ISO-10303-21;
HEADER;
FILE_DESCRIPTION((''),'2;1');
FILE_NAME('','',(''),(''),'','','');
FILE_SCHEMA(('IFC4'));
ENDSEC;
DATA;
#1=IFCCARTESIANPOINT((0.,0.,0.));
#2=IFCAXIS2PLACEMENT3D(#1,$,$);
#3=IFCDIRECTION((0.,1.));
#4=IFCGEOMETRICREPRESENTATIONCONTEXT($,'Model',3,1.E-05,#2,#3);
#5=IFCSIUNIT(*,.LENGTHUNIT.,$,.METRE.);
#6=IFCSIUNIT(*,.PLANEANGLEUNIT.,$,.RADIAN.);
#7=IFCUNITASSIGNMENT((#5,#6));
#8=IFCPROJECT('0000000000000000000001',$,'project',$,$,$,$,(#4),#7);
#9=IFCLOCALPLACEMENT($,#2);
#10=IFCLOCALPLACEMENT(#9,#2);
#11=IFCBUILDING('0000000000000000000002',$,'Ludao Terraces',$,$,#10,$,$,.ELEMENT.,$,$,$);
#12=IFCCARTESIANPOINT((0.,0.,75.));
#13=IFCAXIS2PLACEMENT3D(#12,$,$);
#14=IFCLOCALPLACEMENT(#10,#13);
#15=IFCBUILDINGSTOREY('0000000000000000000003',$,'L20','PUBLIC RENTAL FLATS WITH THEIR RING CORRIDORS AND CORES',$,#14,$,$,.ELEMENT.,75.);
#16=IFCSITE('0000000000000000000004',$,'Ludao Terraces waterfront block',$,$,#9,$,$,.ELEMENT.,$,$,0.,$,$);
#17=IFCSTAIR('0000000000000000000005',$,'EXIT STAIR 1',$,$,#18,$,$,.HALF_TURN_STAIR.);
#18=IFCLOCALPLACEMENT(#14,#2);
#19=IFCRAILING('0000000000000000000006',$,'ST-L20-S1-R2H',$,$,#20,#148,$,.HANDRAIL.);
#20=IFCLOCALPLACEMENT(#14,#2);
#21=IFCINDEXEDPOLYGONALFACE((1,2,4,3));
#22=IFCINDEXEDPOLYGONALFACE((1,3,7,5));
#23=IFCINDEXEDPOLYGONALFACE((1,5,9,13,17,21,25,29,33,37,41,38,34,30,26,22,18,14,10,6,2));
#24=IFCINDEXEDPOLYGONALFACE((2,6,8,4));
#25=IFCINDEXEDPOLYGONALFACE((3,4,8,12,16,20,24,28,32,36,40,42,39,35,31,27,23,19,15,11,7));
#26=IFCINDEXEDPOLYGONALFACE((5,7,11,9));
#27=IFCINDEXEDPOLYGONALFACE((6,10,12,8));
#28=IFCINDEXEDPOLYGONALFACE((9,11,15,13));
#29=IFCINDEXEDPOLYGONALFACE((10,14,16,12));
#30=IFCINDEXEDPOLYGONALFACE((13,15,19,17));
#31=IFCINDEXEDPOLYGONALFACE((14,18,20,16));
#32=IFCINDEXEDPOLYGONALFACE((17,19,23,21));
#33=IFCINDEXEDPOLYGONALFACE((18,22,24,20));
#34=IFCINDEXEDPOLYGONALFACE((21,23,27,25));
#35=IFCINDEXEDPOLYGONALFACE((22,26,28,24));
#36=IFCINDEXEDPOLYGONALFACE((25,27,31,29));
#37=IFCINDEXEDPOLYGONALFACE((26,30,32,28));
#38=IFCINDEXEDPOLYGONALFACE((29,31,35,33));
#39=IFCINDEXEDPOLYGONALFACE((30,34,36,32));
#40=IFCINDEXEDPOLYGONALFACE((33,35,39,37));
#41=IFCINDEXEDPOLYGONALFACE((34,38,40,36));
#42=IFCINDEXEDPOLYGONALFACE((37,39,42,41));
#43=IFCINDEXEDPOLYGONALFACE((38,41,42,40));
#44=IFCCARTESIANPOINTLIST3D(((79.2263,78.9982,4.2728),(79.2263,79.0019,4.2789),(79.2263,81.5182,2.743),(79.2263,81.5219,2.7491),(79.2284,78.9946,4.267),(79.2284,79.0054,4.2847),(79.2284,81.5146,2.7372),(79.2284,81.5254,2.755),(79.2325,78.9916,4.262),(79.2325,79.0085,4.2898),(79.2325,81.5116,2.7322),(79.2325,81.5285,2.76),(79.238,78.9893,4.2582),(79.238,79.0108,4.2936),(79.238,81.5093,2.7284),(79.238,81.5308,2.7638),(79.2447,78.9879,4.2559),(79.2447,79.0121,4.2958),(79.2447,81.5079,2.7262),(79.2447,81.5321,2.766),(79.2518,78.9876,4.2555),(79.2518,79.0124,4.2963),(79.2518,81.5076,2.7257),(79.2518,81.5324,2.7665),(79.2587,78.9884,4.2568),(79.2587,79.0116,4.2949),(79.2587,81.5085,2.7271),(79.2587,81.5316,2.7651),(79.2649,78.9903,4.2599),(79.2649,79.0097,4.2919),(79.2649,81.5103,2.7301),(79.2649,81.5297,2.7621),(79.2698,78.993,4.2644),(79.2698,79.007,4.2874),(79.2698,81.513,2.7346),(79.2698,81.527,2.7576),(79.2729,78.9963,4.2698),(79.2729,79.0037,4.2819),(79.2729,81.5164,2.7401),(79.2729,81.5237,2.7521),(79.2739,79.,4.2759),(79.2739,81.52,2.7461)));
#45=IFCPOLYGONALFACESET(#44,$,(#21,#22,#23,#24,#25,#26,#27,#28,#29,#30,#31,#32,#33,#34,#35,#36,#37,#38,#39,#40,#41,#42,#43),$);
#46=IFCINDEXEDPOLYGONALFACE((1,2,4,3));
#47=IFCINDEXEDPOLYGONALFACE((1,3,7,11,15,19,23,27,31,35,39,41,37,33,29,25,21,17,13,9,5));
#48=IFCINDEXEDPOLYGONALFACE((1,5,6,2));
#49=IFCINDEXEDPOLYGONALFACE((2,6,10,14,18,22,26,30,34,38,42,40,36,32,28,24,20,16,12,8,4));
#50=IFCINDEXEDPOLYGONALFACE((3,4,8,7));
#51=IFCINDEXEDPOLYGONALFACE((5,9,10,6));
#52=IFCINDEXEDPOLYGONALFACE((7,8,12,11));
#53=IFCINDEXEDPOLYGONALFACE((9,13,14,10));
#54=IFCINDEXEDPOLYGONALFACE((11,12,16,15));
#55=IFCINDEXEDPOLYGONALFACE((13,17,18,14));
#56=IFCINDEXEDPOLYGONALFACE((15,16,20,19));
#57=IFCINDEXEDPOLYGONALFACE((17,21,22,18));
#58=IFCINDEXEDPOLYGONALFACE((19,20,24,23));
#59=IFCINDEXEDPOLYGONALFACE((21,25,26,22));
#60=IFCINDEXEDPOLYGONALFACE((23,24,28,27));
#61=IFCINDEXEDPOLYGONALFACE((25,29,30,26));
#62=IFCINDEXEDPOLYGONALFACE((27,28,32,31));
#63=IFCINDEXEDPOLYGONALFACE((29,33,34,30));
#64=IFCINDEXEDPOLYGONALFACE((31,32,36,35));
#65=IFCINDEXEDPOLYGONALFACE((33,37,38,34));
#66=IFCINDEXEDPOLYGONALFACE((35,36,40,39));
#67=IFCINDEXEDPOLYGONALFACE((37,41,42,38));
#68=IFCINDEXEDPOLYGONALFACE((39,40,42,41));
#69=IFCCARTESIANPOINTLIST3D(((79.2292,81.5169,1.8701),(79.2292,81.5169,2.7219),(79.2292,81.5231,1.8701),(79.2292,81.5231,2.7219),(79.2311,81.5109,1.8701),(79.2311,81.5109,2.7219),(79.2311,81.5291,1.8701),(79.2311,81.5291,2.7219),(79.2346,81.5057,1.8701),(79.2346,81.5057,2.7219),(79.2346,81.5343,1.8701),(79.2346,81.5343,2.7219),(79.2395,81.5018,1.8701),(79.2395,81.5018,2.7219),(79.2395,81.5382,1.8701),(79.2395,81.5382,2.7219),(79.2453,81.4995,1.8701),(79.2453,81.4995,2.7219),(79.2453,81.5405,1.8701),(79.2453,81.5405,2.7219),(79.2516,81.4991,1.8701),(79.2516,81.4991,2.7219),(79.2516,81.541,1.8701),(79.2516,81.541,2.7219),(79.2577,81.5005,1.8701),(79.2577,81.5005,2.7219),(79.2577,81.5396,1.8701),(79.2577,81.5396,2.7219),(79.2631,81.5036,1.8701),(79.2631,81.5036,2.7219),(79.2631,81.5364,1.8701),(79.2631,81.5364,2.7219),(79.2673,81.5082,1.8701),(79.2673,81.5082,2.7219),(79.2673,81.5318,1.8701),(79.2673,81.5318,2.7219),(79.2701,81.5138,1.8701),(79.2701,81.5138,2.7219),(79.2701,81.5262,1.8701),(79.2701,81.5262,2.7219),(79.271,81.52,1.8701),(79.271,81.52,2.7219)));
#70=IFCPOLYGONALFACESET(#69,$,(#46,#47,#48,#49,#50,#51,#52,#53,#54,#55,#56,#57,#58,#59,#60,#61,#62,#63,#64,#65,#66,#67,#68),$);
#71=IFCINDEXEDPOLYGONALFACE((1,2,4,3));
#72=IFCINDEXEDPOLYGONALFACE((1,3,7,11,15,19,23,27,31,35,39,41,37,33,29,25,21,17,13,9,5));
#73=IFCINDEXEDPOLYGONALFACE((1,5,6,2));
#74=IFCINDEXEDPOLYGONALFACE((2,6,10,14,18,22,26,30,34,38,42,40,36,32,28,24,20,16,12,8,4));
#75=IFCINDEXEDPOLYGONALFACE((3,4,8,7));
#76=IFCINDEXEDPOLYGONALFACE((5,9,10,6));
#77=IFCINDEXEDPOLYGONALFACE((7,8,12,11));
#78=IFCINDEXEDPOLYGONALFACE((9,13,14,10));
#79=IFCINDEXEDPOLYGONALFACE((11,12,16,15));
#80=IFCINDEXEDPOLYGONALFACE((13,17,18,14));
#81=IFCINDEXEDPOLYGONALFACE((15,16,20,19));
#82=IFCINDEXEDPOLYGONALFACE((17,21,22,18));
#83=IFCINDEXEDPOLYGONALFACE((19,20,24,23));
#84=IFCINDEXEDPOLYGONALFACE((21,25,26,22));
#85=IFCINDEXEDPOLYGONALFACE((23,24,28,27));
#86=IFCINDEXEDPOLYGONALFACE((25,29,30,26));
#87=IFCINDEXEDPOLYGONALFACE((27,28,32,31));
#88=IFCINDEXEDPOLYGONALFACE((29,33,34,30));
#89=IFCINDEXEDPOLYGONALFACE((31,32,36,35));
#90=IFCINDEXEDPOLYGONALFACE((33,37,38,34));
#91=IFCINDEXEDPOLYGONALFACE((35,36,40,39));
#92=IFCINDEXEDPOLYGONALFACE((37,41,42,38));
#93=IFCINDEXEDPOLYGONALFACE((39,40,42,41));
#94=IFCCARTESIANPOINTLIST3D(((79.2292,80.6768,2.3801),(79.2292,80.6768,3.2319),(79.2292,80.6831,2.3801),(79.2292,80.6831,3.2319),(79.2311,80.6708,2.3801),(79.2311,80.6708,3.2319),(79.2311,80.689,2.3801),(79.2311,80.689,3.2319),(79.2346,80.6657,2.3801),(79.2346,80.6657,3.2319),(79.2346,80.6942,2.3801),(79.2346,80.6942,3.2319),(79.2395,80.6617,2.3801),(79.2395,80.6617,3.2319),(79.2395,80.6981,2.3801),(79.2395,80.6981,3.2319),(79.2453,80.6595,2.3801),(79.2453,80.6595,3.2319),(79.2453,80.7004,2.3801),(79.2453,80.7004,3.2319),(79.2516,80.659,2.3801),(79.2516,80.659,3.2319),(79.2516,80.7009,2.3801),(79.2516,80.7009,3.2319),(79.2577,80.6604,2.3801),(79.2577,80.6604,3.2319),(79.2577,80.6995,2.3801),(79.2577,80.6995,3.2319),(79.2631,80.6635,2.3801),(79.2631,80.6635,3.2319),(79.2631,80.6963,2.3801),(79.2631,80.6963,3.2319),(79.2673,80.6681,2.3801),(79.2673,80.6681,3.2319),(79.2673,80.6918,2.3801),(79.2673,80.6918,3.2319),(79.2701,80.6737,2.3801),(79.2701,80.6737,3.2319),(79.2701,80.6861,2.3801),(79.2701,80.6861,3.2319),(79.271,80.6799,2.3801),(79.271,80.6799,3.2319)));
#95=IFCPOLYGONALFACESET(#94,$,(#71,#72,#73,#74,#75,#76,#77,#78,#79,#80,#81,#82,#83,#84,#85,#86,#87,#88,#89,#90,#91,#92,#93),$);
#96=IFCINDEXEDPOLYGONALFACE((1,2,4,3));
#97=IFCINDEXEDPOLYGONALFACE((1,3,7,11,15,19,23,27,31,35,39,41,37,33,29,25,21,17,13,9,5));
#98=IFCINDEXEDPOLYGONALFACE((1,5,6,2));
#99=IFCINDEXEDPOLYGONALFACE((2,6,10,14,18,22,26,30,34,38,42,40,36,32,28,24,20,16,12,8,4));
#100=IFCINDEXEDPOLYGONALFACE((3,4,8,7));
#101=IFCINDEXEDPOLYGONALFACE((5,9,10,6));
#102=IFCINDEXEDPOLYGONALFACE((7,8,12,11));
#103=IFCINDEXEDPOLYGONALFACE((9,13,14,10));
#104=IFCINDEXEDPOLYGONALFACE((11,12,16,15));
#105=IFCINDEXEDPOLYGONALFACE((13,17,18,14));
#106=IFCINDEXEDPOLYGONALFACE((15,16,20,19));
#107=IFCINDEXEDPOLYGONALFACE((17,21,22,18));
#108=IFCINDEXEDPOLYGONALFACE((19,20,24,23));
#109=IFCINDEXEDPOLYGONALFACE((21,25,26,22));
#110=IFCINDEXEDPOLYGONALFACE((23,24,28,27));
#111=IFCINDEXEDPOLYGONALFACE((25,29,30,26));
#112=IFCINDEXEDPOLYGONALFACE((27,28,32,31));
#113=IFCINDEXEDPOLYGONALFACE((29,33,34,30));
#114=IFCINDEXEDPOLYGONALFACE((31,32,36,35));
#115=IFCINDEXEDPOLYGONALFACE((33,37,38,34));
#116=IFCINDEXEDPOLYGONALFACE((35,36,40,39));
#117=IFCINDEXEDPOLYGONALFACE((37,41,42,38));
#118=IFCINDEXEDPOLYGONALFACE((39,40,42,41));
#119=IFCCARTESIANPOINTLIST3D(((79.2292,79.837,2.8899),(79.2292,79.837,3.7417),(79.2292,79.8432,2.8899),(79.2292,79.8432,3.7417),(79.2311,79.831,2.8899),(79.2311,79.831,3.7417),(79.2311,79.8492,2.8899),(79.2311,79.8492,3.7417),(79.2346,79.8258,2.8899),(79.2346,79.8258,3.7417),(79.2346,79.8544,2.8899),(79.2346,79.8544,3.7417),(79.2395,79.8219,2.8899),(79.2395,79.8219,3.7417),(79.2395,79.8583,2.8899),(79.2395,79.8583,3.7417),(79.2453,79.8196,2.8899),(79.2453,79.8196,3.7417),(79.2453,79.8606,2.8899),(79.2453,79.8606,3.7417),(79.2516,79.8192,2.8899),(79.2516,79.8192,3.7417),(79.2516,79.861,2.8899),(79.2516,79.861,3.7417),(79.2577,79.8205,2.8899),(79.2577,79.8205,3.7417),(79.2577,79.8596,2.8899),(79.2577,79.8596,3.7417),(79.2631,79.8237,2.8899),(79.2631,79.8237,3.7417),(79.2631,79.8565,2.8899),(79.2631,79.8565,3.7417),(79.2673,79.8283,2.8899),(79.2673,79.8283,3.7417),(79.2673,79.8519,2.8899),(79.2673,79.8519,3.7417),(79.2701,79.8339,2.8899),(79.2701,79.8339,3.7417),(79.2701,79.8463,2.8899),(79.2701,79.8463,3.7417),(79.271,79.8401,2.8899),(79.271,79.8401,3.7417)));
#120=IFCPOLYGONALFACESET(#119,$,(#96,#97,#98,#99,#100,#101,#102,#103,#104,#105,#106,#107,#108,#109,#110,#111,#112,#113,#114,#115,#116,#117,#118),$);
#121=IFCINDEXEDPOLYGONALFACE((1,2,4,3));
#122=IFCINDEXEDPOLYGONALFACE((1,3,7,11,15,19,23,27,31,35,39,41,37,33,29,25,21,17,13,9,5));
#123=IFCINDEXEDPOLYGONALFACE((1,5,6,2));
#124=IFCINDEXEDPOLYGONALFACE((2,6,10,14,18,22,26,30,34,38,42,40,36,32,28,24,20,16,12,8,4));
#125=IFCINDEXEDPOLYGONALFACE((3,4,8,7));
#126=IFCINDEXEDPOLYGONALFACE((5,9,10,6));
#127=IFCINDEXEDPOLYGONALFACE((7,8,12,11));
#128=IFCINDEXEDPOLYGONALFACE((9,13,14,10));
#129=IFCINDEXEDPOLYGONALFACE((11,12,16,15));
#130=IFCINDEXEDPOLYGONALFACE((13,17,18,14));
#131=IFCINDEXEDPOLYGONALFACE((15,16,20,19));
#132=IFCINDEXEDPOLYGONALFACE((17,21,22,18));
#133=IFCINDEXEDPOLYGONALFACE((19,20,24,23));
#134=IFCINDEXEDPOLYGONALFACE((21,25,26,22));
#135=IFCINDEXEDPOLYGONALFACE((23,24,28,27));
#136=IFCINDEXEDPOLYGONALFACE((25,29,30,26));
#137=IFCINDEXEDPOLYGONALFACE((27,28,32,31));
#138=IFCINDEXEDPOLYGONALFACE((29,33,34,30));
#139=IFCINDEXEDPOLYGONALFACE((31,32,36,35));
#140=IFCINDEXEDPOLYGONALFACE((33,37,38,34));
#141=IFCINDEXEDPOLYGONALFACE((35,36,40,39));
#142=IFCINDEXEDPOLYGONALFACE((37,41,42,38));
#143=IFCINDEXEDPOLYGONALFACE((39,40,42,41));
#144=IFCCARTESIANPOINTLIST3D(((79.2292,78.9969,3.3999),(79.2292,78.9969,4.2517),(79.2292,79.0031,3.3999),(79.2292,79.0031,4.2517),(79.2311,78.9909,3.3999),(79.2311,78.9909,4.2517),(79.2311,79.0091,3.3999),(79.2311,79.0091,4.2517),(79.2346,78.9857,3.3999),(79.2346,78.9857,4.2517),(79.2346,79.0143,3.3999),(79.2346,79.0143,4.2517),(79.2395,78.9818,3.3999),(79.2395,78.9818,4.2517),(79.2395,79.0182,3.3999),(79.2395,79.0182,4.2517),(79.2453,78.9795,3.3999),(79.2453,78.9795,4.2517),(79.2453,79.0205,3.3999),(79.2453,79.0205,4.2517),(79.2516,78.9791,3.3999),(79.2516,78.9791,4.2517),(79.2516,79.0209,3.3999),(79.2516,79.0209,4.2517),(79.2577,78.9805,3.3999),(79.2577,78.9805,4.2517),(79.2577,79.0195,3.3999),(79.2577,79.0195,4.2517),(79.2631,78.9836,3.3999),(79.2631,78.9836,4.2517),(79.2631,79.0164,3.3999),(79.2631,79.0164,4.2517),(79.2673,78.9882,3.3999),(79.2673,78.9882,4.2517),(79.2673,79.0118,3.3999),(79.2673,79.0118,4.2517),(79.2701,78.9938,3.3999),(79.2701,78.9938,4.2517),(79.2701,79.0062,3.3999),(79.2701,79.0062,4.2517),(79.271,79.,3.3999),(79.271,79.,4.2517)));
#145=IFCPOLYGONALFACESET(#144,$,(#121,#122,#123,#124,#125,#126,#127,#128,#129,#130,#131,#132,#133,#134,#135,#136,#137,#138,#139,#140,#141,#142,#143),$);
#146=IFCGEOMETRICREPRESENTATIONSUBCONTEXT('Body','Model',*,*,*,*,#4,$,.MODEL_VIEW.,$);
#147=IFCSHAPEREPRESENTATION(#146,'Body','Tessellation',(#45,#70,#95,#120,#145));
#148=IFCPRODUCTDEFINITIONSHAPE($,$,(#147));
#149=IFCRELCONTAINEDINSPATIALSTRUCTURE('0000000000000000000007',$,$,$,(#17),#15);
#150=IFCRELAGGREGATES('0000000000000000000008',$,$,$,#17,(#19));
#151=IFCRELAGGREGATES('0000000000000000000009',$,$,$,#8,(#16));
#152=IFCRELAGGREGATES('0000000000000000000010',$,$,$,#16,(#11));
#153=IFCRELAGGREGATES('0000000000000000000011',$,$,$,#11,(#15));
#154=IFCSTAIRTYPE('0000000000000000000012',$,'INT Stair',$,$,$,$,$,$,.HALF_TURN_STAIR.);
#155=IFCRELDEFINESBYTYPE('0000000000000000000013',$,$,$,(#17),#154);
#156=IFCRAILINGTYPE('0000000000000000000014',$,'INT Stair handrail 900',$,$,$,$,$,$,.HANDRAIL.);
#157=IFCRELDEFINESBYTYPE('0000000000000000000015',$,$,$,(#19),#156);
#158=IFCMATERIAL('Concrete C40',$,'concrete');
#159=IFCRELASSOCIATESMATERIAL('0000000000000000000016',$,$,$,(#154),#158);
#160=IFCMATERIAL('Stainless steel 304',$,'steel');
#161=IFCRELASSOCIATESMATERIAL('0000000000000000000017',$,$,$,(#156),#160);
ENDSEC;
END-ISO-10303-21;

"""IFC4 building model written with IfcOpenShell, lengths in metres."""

from ifc_helpers import new_model, si_unit, direction, frame, origin, origin_2d, place, context, subcontext, project, spatial, circle, extrude, material, type_object, element, aggregate, save


model = new_model("IFC4")

# Units and contexts
model_context = context("Model", 3, precision=1e-05, world=origin(), true_north=direction((0.0, 1.0)))
body_context = subcontext(model_context, "Body", "Model", "MODEL_VIEW")
ifc_project = project(units=[si_unit("LENGTHUNIT", "METRE"), si_unit("PLANEANGLEUNIT", "RADIAN")], contexts=[model_context])

# Site, building, storey
site_placement = place(None, origin())
site = spatial("IfcSite", under=ifc_project, at=site_placement, Name="Ludao Terraces waterfront block", CompositionType="ELEMENT", RefElevation=0.0)
building_placement = place(site_placement, origin())
building = spatial("IfcBuilding", under=site, at=building_placement, Name="Ludao Terraces", CompositionType="ELEMENT")
storey_placement = place(building_placement, frame((0.0, 0.0, 75.0)))
storey = spatial("IfcBuildingStorey", under=building, at=storey_placement, Name="L20", Description="PUBLIC RENTAL FLATS WITH THEIR RING CORRIDORS AND CORES", CompositionType="ELEMENT", Elevation=75.0)

# Shared definitions
ifc_material_1 = material(Name="Stainless steel 304", Category="steel")

# Stair, railing
ifc_material_2 = material(Name="Concrete C40", Category="concrete")
stair_type = type_object("IfcStairType", Name="INT Stair", PredefinedType="HALF_TURN_STAIR", material=ifc_material_2)
stair_placement = place(storey_placement, origin())
stair = element("IfcStair", 1, at=stair_placement, inside=storey, type_object=stair_type, Name="EXIT STAIR 1", PredefinedType="HALF_TURN_STAIR")
railing_type_1 = type_object("IfcRailingType", Name="INT Stair handrail 900", PredefinedType="HANDRAIL", material=ifc_material_1)
railing_1_placement = place(storey_placement, frame((79.25, 81.52, 1.8701)))
railing_1 = element("IfcRailing", 2, at=railing_1_placement, type_object=railing_type_1, Name="ST-L20-S1-R2H", PredefinedType="HANDRAIL", context=body_context, shape_type="SweptSolid", body=[
    extrude(circle(Radius=0.0239, at=origin_2d()), frame((0.0, 0.0, 0.876), z_axis=(0.0, -0.854822, 0.518922), x_axis=(1.0, 0.0, 0.0)), (0.0, 0.0, 1.0), 2.948),
    extrude(circle(Radius=0.021, at=origin_2d()), origin(), (0.0, 0.0, 1.0), 0.8518),
    extrude(circle(Radius=0.021, at=origin_2d()), frame((0.0, -0.8401, 0.51)), (0.0, 0.0, 1.0), 0.8518),
    extrude(circle(Radius=0.021, at=origin_2d()), frame((0.0, -1.6799, 1.0198)), (0.0, 0.0, 1.0), 0.8518),
    extrude(circle(Radius=0.021, at=origin_2d()), frame((0.0, -2.52, 1.5298)), (0.0, 0.0, 1.0), 0.8518),
])
aggregate(stair, [railing_1])

save(model, "model.ifc")
